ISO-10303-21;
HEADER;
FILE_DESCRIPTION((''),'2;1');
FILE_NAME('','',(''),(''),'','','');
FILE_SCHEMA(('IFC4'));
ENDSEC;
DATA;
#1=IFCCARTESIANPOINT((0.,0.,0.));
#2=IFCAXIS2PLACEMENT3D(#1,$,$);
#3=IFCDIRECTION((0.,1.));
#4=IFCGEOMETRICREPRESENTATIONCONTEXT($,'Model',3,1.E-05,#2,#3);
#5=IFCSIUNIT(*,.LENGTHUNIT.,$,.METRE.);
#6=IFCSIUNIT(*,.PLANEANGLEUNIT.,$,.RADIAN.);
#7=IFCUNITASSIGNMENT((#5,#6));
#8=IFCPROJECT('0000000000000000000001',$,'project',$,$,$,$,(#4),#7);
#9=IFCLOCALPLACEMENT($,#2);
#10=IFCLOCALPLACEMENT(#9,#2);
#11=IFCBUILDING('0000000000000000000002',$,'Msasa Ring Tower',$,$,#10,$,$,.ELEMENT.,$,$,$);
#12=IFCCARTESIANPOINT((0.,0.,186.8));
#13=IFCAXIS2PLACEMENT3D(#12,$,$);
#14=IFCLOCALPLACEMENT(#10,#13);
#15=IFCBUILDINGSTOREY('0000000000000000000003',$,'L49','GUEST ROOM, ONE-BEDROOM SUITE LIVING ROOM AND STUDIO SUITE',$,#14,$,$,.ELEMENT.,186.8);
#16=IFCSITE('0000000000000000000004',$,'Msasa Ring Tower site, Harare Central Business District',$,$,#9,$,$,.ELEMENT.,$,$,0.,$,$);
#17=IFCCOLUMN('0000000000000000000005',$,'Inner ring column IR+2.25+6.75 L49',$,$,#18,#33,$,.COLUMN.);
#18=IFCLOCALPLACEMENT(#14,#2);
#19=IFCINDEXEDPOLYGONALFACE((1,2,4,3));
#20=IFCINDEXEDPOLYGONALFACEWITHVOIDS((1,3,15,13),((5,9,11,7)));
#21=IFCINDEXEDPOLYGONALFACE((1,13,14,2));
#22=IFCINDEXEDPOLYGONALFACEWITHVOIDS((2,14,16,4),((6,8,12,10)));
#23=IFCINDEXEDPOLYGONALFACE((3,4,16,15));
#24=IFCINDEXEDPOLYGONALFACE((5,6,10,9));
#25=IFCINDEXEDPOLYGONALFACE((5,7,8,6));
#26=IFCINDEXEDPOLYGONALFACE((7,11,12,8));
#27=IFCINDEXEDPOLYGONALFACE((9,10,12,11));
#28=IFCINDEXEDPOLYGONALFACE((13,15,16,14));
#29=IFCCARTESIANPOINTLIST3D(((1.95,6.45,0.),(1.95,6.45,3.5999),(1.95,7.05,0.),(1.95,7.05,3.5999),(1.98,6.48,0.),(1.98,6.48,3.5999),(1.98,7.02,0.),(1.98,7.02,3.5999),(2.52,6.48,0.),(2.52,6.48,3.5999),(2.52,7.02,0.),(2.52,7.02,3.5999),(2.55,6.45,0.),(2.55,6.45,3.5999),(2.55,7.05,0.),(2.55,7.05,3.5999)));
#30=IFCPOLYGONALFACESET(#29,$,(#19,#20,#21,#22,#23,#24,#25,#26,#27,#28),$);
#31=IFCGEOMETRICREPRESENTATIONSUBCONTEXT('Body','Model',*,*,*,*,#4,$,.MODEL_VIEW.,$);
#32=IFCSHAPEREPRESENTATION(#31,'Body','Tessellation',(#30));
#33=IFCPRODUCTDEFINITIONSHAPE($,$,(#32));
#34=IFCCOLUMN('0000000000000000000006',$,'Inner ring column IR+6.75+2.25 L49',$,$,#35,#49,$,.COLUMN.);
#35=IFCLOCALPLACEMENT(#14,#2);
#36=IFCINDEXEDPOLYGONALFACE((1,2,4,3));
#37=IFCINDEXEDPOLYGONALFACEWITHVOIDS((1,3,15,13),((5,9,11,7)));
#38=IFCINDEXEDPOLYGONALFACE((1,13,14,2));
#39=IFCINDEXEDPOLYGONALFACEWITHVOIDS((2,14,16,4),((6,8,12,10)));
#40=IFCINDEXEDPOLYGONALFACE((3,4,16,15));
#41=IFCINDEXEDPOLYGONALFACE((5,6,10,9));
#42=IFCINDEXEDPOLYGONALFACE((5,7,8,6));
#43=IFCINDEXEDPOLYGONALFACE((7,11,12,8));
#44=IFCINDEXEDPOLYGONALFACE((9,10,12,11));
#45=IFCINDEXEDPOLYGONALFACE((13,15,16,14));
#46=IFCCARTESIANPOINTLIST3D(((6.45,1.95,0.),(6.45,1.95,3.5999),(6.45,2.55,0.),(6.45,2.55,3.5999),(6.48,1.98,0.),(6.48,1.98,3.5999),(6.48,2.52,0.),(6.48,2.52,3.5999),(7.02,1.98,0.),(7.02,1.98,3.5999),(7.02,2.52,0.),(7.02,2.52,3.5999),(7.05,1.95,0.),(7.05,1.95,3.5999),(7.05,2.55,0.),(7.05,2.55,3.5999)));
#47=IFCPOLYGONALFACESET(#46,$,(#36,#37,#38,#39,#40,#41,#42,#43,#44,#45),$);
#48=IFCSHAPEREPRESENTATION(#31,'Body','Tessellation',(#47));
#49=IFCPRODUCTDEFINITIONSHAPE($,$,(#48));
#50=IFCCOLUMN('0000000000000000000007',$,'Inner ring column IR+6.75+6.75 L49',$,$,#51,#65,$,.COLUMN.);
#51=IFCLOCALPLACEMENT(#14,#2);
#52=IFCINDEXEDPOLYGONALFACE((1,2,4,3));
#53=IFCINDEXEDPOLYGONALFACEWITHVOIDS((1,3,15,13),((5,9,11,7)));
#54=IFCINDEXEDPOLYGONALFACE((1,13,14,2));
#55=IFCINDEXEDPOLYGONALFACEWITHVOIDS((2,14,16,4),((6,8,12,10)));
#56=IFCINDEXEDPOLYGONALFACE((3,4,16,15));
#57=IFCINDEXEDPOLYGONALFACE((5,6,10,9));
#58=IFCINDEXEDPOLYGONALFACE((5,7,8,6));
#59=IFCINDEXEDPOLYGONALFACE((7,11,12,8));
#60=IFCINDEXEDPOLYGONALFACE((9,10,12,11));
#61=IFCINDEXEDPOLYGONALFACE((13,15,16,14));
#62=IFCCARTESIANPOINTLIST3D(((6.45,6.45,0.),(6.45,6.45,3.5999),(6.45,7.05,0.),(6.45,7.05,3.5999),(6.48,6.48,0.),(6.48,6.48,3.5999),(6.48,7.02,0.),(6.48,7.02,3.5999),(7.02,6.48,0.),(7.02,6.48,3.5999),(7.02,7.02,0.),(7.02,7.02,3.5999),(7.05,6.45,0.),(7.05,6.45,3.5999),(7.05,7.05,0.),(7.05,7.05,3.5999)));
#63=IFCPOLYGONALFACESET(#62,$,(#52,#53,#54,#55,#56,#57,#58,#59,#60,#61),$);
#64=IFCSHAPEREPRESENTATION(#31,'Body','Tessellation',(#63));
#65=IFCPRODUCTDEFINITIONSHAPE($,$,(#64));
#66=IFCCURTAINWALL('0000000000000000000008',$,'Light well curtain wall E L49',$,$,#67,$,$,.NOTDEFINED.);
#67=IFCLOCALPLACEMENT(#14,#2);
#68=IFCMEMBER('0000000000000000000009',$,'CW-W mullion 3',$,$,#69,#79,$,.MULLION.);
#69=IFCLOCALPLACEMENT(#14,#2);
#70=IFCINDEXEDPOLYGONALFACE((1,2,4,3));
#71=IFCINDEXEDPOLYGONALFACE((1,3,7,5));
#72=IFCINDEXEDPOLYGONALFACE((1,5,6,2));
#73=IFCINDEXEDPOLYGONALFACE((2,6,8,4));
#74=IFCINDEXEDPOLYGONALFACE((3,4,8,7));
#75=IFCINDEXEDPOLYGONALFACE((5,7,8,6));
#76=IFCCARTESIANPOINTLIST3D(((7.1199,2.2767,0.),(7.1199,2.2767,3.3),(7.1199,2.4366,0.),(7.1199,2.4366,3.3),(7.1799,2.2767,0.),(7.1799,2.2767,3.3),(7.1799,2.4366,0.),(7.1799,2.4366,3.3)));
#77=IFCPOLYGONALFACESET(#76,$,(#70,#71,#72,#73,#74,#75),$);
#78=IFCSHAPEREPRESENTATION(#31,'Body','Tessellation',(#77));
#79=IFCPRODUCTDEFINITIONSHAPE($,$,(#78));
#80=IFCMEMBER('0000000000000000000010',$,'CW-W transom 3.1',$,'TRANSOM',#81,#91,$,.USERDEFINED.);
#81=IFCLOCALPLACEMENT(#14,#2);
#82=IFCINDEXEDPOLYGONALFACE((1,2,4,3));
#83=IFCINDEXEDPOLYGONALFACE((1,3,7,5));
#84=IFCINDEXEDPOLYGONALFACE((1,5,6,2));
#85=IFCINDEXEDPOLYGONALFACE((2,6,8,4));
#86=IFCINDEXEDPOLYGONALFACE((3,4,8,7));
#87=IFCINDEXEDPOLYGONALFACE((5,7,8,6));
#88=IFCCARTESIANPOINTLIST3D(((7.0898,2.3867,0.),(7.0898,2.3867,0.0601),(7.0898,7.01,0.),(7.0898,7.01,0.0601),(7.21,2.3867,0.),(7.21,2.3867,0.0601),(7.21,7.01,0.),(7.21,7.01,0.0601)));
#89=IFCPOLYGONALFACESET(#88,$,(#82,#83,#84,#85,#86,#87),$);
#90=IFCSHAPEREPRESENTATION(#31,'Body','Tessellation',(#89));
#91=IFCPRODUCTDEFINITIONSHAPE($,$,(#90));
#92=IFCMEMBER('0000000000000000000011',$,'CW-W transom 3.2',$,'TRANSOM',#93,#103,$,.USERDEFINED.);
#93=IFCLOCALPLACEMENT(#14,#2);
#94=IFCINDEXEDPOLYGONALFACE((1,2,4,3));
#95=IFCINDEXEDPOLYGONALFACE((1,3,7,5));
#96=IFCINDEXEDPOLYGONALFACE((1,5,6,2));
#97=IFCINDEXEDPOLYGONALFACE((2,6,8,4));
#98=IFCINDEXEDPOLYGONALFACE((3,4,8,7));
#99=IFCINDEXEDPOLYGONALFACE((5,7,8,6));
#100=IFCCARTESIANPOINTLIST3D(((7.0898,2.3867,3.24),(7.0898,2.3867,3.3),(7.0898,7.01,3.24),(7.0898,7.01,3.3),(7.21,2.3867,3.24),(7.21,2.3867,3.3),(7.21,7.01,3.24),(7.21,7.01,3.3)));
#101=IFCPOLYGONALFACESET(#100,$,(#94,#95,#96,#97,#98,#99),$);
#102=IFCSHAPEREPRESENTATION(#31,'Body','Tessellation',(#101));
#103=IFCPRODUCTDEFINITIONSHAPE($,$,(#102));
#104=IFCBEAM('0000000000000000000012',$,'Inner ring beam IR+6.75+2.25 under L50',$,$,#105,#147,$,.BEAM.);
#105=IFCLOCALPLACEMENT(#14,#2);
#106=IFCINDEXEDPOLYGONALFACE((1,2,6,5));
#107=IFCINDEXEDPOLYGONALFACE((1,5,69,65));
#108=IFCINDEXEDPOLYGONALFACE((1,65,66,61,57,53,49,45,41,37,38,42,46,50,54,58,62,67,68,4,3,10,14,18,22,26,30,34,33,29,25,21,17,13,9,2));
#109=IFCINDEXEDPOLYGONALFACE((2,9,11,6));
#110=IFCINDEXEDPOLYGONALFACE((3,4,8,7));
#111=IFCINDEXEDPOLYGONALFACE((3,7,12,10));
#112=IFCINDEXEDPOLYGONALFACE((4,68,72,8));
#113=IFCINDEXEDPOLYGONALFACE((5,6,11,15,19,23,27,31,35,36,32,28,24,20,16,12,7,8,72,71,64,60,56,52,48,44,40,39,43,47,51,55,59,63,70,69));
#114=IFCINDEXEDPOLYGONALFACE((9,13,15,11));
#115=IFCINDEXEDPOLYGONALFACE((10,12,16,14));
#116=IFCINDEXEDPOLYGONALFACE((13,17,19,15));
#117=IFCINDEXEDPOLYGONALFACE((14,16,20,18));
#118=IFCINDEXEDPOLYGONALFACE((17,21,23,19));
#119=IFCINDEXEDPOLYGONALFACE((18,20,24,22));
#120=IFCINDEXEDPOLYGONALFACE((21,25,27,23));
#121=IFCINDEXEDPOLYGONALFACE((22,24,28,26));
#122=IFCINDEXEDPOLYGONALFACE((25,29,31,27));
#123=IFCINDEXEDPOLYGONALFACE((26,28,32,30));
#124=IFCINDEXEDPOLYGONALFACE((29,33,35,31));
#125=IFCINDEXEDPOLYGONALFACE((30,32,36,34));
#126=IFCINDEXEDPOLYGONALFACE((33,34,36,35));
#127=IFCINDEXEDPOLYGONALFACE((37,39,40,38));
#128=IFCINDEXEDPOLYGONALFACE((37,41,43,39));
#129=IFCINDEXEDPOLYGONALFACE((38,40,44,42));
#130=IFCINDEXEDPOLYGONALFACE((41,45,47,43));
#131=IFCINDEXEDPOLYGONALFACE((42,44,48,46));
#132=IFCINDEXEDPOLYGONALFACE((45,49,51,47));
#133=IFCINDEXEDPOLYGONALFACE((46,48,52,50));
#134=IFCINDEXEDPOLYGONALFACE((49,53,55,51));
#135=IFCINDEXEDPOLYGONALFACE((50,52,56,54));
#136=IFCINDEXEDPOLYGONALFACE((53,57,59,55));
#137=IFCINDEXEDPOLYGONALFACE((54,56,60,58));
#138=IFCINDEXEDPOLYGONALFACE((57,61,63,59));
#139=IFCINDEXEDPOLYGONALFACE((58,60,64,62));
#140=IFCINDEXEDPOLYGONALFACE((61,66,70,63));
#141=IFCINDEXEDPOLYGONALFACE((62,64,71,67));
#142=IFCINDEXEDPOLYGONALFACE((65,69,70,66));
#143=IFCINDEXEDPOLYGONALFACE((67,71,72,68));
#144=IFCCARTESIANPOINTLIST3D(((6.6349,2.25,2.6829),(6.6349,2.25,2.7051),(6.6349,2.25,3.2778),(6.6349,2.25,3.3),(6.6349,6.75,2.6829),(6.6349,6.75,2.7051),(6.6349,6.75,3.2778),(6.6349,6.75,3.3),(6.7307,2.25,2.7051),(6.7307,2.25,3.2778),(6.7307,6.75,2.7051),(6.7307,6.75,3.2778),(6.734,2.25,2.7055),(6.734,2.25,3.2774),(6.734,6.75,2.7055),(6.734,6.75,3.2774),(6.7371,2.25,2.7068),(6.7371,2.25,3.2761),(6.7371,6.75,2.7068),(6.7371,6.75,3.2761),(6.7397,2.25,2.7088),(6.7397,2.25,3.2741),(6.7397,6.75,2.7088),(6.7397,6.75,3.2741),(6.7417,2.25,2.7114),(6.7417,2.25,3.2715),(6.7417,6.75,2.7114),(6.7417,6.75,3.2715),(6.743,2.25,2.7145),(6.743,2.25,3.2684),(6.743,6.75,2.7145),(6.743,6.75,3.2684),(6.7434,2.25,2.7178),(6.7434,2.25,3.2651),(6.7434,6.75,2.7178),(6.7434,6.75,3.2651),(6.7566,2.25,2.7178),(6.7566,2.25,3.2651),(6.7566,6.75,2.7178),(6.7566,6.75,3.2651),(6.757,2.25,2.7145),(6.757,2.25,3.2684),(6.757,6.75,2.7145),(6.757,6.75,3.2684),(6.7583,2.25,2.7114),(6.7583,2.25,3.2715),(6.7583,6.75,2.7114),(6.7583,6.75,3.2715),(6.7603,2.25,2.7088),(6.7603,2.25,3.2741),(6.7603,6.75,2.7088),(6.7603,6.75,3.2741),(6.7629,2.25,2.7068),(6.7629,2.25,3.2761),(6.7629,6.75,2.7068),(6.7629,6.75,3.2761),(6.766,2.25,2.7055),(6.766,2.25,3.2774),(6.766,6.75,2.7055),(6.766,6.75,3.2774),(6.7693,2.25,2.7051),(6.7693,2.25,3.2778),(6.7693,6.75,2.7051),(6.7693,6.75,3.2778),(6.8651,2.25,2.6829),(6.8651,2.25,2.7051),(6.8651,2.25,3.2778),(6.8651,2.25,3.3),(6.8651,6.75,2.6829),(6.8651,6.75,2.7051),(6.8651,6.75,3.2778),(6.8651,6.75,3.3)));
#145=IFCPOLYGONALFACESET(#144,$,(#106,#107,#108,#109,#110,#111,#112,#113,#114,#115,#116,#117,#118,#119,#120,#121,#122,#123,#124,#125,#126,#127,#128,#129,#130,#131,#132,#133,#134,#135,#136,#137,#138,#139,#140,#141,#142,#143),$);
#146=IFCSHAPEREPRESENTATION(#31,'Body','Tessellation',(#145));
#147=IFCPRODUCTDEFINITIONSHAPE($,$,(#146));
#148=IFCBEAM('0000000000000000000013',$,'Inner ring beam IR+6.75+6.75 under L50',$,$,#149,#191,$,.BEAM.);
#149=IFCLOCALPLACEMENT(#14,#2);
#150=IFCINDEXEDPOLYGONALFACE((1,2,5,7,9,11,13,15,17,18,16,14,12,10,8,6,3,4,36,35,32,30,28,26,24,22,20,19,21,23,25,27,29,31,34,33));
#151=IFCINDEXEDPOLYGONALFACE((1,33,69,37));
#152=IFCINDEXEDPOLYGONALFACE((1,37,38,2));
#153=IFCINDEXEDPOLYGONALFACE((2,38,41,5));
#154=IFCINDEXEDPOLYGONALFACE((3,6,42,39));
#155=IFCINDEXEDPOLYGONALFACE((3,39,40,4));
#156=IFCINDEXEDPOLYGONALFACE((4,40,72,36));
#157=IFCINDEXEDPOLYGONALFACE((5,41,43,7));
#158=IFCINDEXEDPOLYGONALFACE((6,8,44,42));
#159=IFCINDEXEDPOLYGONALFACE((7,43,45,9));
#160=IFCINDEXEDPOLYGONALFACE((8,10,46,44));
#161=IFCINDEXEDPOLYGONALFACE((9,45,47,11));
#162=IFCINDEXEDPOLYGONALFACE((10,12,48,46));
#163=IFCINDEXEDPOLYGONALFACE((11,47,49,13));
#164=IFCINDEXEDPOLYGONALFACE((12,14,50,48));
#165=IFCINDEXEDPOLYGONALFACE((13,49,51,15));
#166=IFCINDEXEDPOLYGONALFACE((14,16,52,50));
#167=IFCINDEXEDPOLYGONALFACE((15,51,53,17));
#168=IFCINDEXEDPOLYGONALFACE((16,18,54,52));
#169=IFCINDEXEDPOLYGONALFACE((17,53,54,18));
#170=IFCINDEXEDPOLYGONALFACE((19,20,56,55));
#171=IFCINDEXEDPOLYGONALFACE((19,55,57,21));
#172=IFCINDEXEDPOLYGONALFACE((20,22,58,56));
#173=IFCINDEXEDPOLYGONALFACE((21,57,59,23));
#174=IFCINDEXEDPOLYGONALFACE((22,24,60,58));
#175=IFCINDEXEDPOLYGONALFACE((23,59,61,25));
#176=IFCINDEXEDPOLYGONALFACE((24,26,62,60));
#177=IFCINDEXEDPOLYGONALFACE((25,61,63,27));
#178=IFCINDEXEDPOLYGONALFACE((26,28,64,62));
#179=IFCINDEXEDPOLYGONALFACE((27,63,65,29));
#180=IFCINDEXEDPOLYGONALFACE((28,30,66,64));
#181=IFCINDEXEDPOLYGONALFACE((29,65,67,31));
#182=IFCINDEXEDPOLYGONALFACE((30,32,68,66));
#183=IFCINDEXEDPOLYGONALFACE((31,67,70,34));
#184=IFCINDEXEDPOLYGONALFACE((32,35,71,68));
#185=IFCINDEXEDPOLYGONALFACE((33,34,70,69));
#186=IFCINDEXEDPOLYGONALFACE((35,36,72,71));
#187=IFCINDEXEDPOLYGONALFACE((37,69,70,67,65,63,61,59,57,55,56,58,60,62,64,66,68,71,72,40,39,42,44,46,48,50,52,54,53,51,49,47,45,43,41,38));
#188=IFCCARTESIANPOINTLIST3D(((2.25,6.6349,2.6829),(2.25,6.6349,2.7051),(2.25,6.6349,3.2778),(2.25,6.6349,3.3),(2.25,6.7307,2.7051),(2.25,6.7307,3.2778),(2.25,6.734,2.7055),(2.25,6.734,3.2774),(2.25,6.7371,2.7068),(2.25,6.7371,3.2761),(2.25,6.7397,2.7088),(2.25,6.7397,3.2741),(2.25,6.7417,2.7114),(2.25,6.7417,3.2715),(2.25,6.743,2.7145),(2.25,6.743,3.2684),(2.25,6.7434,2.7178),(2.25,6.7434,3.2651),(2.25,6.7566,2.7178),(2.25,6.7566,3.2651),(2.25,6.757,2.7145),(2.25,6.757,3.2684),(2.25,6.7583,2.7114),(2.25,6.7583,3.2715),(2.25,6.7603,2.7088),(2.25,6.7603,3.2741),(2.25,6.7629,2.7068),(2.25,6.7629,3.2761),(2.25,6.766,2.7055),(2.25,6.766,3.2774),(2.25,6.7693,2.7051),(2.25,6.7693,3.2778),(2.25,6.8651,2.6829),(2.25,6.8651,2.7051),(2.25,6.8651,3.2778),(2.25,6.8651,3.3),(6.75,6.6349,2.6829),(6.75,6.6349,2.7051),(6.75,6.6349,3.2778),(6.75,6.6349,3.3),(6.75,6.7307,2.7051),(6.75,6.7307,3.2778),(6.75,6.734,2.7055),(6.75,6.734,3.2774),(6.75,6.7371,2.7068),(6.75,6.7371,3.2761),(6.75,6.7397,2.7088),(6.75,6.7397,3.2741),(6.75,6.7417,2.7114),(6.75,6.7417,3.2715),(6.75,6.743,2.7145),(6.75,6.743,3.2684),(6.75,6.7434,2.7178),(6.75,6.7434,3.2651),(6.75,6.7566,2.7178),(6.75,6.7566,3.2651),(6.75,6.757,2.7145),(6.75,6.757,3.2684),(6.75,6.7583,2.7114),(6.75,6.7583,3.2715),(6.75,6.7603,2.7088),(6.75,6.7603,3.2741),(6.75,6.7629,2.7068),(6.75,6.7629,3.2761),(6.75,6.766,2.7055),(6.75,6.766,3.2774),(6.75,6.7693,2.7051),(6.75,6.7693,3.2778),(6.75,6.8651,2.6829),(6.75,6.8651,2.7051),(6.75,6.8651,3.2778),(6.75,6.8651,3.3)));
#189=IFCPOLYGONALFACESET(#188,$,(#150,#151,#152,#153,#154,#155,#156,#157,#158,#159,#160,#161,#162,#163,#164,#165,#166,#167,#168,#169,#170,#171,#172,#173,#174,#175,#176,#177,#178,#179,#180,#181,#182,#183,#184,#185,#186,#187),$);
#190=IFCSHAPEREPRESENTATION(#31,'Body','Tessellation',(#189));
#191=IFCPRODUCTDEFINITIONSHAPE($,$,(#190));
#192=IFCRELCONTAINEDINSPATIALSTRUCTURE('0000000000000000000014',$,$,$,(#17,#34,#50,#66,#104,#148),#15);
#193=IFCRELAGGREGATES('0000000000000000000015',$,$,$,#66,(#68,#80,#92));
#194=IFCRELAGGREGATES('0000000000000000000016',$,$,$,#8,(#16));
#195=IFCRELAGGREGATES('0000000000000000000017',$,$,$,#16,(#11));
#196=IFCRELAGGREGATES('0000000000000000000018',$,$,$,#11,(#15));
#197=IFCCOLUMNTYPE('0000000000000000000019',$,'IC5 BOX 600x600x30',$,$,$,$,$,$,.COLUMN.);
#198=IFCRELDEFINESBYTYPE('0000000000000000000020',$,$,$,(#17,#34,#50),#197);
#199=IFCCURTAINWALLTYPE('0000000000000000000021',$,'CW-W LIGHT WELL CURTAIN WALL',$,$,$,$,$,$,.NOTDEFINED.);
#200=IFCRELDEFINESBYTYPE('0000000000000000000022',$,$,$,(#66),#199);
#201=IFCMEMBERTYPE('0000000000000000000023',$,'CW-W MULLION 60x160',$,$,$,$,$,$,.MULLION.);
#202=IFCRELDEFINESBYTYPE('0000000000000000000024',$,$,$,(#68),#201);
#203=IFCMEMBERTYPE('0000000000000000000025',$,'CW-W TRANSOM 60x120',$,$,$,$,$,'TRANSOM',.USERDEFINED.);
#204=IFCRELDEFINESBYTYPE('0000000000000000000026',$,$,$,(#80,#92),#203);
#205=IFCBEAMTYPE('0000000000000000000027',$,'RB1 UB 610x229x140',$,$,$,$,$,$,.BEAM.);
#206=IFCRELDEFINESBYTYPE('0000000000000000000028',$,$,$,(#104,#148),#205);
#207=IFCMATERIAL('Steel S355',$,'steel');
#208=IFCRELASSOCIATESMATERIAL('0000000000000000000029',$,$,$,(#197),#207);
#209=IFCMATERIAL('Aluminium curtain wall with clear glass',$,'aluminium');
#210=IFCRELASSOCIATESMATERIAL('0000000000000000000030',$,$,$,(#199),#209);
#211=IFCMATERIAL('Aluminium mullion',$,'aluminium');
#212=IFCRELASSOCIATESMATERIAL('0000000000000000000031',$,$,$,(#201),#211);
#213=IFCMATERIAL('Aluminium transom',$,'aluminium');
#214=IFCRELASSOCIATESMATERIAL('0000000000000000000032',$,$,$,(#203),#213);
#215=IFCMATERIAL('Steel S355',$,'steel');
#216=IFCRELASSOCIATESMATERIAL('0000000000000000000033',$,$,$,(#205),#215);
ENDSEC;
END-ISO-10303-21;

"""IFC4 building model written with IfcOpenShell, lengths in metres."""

from ifc_helpers import new_model, si_unit, direction, frame, origin, origin_2d, place, context, subcontext, project, spatial, rectangle, hollow_rectangle, i_section, extrude, material, material_profile, profile_set, type_object, element, aggregate, save


model = new_model("IFC4")

# Units and contexts
model_context = context("Model", 3, precision=1e-05, world=origin(), true_north=direction((0.0, 1.0)))
body_context = subcontext(model_context, "Body", "Model", "MODEL_VIEW")
ifc_project = project(units=[si_unit("LENGTHUNIT", "METRE"), si_unit("PLANEANGLEUNIT", "RADIAN")], contexts=[model_context])

# Site, building, storey
site_placement = place(None, origin())
site = spatial("IfcSite", under=ifc_project, at=site_placement, Name="Msasa Ring Tower site, Harare Central Business District", CompositionType="ELEMENT", RefElevation=0.0)
building_placement = place(site_placement, origin())
building = spatial("IfcBuilding", under=site, at=building_placement, Name="Msasa Ring Tower", CompositionType="ELEMENT")
storey_placement = place(building_placement, frame((0.0, 0.0, 186.8)))
storey = spatial("IfcBuildingStorey", under=building, at=storey_placement, Name="L49", Description="GUEST ROOM, ONE-BEDROOM SUITE LIVING ROOM AND STUDIO SUITE", CompositionType="ELEMENT", Elevation=186.8)

# Columns
ifc_material_1 = material(Name="Steel S355", Category="steel")
ifc_material_profile_1 = material_profile(ifc_material_1, hollow_rectangle(XDim=0.6001, YDim=0.6001, WallThickness=0.03, at=origin_2d()), Name="BOX 600x600x30")
ifc_profile_set_1 = profile_set([ifc_material_profile_1], Name="Steel S355")
column_type = type_object("IfcColumnType", Name="IC5 BOX 600x600x30", PredefinedType="COLUMN", material=ifc_profile_set_1)
for number, where, z_axis, x_axis, name in (
    (1, (2.25, 6.75, 0.0), (0.0, 0.0, 1.0), (1.0, 0.0, 0.0), "Inner ring column IR+2.25+6.75 L49"),
    (2, (6.75, 2.25, 0.0), (0.0, 0.0, 1.0), (1.0, 0.0, 0.0), "Inner ring column IR+6.75+2.25 L49"),
    (3, (6.75, 6.75, 0.0), (0.0, 0.0, 1.0), (1.0, 0.0, 0.0), "Inner ring column IR+6.75+6.75 L49"),
):
    element("IfcColumn", number, at=place(storey_placement, frame(where, z_axis=z_axis, x_axis=x_axis)), inside=storey, type_object=column_type, Name=name, PredefinedType="COLUMN", context=body_context, shape_type="SweptSolid", body=[
        extrude(hollow_rectangle(XDim=0.6001, YDim=0.6001, WallThickness=0.03, at=origin_2d()), origin(), (0.0, 0.0, 1.0), 3.5999),
    ])

# Curtain wall, members
ifc_material_2 = material(Name="Aluminium curtain wall with clear glass", Category="aluminium")
curtain_wall_type = type_object("IfcCurtainWallType", Name="CW-W LIGHT WELL CURTAIN WALL", PredefinedType="NOTDEFINED", material=ifc_material_2)
curtain_wall_placement = place(storey_placement, origin())
curtain_wall = element("IfcCurtainWall", 4, at=curtain_wall_placement, inside=storey, type_object=curtain_wall_type, Name="Light well curtain wall E L49", PredefinedType="NOTDEFINED")
ifc_material_3 = material(Name="Aluminium mullion", Category="aluminium")
ifc_material_profile_2 = material_profile(ifc_material_3, rectangle(XDim=0.0601, YDim=0.1599, at=origin_2d()), Name="AL 60x160")
ifc_profile_set_2 = profile_set([ifc_material_profile_2], Name="Aluminium mullion")
member_type_1 = type_object("IfcMemberType", Name="CW-W MULLION 60x160", PredefinedType="MULLION", material=ifc_profile_set_2)
member_1_placement = place(storey_placement, frame((7.1499, 2.3567, 0.0), z_axis=(0.0, 0.0, 1.0), x_axis=(-1.0, 0.0, 0.0)))
member_1 = element("IfcMember", 5, at=member_1_placement, type_object=member_type_1, Name="CW-W mullion 3", PredefinedType="MULLION", context=body_context, shape_type="SweptSolid", body=[
    extrude(rectangle(XDim=0.0601, YDim=0.1599, at=origin_2d()), origin(), (0.0, 0.0, 1.0), 3.3),
])
ifc_material_4 = material(Name="Aluminium transom", Category="aluminium")
ifc_material_profile_3 = material_profile(ifc_material_4, rectangle(XDim=0.1201, YDim=0.0601, at=origin_2d()), Name="AL 60x120")
ifc_profile_set_3 = profile_set([ifc_material_profile_3], Name="Aluminium transom")
member_type_2 = type_object("IfcMemberType", Name="CW-W TRANSOM 60x120", ElementType="TRANSOM", PredefinedType="USERDEFINED", material=ifc_profile_set_3)
member_2_placement = place(storey_placement, frame((7.1499, 2.3867, 0.03), z_axis=(0.0, 1.0, 0.0), x_axis=(-1.0, 0.0, 0.0)))
member_2 = element("IfcMember", 6, at=member_2_placement, type_object=member_type_2, Name="CW-W transom 3.1", ObjectType="TRANSOM", PredefinedType="USERDEFINED", context=body_context, shape_type="SweptSolid", body=[
    extrude(rectangle(XDim=0.1201, YDim=0.0601, at=origin_2d()), origin(), (0.0, 0.0, 1.0), 4.6233),
])
member_3_placement = place(storey_placement, frame((7.1499, 2.3867, 3.27), z_axis=(0.0, 1.0, 0.0), x_axis=(-1.0, 0.0, 0.0)))
member_3 = element("IfcMember", 7, at=member_3_placement, type_object=member_type_2, Name="CW-W transom 3.2", ObjectType="TRANSOM", PredefinedType="USERDEFINED", context=body_context, shape_type="SweptSolid", body=[
    extrude(rectangle(XDim=0.1201, YDim=0.0601, at=origin_2d()), origin(), (0.0, 0.0, 1.0), 4.6233),
])

# Beams
ifc_material_5 = material(Name="Steel S355", Category="steel")
ifc_material_profile_4 = material_profile(ifc_material_5, i_section(OverallWidth=0.2302, OverallDepth=0.6172, WebThickness=0.0132, FlangeThickness=0.0222, FilletRadius=0.0127, at=origin_2d()), Name="UB 610x229x140")
ifc_profile_set_4 = profile_set([ifc_material_profile_4], Name="Steel S355")
beam_type = type_object("IfcBeamType", Name="RB1 UB 610x229x140", PredefinedType="BEAM", material=ifc_profile_set_4)
for number, where, z_axis, x_axis, name in (
    (8, (6.75, 2.25, 2.9915), (0.0, 1.0, 0.0), (-1.0, 0.0, 0.0), "Inner ring beam IR+6.75+2.25 under L50"),
    (9, (6.75, 6.75, 2.9915), (-1.0, 0.0, 0.0), (0.0, -1.0, 0.0), "Inner ring beam IR+6.75+6.75 under L50"),
):
    element("IfcBeam", number, at=place(storey_placement, frame(where, z_axis=z_axis, x_axis=x_axis)), inside=storey, type_object=beam_type, Name=name, PredefinedType="BEAM", context=body_context, shape_type="SweptSolid", body=[
        extrude(i_section(OverallWidth=0.2302, OverallDepth=0.6172, WebThickness=0.0132, FlangeThickness=0.0222, FilletRadius=0.0127, at=origin_2d()), origin(), (0.0, 0.0, 1.0), 4.5),
    ])

aggregate(curtain_wall, [member_1, member_2, member_3])

save(model, "model.ifc")
